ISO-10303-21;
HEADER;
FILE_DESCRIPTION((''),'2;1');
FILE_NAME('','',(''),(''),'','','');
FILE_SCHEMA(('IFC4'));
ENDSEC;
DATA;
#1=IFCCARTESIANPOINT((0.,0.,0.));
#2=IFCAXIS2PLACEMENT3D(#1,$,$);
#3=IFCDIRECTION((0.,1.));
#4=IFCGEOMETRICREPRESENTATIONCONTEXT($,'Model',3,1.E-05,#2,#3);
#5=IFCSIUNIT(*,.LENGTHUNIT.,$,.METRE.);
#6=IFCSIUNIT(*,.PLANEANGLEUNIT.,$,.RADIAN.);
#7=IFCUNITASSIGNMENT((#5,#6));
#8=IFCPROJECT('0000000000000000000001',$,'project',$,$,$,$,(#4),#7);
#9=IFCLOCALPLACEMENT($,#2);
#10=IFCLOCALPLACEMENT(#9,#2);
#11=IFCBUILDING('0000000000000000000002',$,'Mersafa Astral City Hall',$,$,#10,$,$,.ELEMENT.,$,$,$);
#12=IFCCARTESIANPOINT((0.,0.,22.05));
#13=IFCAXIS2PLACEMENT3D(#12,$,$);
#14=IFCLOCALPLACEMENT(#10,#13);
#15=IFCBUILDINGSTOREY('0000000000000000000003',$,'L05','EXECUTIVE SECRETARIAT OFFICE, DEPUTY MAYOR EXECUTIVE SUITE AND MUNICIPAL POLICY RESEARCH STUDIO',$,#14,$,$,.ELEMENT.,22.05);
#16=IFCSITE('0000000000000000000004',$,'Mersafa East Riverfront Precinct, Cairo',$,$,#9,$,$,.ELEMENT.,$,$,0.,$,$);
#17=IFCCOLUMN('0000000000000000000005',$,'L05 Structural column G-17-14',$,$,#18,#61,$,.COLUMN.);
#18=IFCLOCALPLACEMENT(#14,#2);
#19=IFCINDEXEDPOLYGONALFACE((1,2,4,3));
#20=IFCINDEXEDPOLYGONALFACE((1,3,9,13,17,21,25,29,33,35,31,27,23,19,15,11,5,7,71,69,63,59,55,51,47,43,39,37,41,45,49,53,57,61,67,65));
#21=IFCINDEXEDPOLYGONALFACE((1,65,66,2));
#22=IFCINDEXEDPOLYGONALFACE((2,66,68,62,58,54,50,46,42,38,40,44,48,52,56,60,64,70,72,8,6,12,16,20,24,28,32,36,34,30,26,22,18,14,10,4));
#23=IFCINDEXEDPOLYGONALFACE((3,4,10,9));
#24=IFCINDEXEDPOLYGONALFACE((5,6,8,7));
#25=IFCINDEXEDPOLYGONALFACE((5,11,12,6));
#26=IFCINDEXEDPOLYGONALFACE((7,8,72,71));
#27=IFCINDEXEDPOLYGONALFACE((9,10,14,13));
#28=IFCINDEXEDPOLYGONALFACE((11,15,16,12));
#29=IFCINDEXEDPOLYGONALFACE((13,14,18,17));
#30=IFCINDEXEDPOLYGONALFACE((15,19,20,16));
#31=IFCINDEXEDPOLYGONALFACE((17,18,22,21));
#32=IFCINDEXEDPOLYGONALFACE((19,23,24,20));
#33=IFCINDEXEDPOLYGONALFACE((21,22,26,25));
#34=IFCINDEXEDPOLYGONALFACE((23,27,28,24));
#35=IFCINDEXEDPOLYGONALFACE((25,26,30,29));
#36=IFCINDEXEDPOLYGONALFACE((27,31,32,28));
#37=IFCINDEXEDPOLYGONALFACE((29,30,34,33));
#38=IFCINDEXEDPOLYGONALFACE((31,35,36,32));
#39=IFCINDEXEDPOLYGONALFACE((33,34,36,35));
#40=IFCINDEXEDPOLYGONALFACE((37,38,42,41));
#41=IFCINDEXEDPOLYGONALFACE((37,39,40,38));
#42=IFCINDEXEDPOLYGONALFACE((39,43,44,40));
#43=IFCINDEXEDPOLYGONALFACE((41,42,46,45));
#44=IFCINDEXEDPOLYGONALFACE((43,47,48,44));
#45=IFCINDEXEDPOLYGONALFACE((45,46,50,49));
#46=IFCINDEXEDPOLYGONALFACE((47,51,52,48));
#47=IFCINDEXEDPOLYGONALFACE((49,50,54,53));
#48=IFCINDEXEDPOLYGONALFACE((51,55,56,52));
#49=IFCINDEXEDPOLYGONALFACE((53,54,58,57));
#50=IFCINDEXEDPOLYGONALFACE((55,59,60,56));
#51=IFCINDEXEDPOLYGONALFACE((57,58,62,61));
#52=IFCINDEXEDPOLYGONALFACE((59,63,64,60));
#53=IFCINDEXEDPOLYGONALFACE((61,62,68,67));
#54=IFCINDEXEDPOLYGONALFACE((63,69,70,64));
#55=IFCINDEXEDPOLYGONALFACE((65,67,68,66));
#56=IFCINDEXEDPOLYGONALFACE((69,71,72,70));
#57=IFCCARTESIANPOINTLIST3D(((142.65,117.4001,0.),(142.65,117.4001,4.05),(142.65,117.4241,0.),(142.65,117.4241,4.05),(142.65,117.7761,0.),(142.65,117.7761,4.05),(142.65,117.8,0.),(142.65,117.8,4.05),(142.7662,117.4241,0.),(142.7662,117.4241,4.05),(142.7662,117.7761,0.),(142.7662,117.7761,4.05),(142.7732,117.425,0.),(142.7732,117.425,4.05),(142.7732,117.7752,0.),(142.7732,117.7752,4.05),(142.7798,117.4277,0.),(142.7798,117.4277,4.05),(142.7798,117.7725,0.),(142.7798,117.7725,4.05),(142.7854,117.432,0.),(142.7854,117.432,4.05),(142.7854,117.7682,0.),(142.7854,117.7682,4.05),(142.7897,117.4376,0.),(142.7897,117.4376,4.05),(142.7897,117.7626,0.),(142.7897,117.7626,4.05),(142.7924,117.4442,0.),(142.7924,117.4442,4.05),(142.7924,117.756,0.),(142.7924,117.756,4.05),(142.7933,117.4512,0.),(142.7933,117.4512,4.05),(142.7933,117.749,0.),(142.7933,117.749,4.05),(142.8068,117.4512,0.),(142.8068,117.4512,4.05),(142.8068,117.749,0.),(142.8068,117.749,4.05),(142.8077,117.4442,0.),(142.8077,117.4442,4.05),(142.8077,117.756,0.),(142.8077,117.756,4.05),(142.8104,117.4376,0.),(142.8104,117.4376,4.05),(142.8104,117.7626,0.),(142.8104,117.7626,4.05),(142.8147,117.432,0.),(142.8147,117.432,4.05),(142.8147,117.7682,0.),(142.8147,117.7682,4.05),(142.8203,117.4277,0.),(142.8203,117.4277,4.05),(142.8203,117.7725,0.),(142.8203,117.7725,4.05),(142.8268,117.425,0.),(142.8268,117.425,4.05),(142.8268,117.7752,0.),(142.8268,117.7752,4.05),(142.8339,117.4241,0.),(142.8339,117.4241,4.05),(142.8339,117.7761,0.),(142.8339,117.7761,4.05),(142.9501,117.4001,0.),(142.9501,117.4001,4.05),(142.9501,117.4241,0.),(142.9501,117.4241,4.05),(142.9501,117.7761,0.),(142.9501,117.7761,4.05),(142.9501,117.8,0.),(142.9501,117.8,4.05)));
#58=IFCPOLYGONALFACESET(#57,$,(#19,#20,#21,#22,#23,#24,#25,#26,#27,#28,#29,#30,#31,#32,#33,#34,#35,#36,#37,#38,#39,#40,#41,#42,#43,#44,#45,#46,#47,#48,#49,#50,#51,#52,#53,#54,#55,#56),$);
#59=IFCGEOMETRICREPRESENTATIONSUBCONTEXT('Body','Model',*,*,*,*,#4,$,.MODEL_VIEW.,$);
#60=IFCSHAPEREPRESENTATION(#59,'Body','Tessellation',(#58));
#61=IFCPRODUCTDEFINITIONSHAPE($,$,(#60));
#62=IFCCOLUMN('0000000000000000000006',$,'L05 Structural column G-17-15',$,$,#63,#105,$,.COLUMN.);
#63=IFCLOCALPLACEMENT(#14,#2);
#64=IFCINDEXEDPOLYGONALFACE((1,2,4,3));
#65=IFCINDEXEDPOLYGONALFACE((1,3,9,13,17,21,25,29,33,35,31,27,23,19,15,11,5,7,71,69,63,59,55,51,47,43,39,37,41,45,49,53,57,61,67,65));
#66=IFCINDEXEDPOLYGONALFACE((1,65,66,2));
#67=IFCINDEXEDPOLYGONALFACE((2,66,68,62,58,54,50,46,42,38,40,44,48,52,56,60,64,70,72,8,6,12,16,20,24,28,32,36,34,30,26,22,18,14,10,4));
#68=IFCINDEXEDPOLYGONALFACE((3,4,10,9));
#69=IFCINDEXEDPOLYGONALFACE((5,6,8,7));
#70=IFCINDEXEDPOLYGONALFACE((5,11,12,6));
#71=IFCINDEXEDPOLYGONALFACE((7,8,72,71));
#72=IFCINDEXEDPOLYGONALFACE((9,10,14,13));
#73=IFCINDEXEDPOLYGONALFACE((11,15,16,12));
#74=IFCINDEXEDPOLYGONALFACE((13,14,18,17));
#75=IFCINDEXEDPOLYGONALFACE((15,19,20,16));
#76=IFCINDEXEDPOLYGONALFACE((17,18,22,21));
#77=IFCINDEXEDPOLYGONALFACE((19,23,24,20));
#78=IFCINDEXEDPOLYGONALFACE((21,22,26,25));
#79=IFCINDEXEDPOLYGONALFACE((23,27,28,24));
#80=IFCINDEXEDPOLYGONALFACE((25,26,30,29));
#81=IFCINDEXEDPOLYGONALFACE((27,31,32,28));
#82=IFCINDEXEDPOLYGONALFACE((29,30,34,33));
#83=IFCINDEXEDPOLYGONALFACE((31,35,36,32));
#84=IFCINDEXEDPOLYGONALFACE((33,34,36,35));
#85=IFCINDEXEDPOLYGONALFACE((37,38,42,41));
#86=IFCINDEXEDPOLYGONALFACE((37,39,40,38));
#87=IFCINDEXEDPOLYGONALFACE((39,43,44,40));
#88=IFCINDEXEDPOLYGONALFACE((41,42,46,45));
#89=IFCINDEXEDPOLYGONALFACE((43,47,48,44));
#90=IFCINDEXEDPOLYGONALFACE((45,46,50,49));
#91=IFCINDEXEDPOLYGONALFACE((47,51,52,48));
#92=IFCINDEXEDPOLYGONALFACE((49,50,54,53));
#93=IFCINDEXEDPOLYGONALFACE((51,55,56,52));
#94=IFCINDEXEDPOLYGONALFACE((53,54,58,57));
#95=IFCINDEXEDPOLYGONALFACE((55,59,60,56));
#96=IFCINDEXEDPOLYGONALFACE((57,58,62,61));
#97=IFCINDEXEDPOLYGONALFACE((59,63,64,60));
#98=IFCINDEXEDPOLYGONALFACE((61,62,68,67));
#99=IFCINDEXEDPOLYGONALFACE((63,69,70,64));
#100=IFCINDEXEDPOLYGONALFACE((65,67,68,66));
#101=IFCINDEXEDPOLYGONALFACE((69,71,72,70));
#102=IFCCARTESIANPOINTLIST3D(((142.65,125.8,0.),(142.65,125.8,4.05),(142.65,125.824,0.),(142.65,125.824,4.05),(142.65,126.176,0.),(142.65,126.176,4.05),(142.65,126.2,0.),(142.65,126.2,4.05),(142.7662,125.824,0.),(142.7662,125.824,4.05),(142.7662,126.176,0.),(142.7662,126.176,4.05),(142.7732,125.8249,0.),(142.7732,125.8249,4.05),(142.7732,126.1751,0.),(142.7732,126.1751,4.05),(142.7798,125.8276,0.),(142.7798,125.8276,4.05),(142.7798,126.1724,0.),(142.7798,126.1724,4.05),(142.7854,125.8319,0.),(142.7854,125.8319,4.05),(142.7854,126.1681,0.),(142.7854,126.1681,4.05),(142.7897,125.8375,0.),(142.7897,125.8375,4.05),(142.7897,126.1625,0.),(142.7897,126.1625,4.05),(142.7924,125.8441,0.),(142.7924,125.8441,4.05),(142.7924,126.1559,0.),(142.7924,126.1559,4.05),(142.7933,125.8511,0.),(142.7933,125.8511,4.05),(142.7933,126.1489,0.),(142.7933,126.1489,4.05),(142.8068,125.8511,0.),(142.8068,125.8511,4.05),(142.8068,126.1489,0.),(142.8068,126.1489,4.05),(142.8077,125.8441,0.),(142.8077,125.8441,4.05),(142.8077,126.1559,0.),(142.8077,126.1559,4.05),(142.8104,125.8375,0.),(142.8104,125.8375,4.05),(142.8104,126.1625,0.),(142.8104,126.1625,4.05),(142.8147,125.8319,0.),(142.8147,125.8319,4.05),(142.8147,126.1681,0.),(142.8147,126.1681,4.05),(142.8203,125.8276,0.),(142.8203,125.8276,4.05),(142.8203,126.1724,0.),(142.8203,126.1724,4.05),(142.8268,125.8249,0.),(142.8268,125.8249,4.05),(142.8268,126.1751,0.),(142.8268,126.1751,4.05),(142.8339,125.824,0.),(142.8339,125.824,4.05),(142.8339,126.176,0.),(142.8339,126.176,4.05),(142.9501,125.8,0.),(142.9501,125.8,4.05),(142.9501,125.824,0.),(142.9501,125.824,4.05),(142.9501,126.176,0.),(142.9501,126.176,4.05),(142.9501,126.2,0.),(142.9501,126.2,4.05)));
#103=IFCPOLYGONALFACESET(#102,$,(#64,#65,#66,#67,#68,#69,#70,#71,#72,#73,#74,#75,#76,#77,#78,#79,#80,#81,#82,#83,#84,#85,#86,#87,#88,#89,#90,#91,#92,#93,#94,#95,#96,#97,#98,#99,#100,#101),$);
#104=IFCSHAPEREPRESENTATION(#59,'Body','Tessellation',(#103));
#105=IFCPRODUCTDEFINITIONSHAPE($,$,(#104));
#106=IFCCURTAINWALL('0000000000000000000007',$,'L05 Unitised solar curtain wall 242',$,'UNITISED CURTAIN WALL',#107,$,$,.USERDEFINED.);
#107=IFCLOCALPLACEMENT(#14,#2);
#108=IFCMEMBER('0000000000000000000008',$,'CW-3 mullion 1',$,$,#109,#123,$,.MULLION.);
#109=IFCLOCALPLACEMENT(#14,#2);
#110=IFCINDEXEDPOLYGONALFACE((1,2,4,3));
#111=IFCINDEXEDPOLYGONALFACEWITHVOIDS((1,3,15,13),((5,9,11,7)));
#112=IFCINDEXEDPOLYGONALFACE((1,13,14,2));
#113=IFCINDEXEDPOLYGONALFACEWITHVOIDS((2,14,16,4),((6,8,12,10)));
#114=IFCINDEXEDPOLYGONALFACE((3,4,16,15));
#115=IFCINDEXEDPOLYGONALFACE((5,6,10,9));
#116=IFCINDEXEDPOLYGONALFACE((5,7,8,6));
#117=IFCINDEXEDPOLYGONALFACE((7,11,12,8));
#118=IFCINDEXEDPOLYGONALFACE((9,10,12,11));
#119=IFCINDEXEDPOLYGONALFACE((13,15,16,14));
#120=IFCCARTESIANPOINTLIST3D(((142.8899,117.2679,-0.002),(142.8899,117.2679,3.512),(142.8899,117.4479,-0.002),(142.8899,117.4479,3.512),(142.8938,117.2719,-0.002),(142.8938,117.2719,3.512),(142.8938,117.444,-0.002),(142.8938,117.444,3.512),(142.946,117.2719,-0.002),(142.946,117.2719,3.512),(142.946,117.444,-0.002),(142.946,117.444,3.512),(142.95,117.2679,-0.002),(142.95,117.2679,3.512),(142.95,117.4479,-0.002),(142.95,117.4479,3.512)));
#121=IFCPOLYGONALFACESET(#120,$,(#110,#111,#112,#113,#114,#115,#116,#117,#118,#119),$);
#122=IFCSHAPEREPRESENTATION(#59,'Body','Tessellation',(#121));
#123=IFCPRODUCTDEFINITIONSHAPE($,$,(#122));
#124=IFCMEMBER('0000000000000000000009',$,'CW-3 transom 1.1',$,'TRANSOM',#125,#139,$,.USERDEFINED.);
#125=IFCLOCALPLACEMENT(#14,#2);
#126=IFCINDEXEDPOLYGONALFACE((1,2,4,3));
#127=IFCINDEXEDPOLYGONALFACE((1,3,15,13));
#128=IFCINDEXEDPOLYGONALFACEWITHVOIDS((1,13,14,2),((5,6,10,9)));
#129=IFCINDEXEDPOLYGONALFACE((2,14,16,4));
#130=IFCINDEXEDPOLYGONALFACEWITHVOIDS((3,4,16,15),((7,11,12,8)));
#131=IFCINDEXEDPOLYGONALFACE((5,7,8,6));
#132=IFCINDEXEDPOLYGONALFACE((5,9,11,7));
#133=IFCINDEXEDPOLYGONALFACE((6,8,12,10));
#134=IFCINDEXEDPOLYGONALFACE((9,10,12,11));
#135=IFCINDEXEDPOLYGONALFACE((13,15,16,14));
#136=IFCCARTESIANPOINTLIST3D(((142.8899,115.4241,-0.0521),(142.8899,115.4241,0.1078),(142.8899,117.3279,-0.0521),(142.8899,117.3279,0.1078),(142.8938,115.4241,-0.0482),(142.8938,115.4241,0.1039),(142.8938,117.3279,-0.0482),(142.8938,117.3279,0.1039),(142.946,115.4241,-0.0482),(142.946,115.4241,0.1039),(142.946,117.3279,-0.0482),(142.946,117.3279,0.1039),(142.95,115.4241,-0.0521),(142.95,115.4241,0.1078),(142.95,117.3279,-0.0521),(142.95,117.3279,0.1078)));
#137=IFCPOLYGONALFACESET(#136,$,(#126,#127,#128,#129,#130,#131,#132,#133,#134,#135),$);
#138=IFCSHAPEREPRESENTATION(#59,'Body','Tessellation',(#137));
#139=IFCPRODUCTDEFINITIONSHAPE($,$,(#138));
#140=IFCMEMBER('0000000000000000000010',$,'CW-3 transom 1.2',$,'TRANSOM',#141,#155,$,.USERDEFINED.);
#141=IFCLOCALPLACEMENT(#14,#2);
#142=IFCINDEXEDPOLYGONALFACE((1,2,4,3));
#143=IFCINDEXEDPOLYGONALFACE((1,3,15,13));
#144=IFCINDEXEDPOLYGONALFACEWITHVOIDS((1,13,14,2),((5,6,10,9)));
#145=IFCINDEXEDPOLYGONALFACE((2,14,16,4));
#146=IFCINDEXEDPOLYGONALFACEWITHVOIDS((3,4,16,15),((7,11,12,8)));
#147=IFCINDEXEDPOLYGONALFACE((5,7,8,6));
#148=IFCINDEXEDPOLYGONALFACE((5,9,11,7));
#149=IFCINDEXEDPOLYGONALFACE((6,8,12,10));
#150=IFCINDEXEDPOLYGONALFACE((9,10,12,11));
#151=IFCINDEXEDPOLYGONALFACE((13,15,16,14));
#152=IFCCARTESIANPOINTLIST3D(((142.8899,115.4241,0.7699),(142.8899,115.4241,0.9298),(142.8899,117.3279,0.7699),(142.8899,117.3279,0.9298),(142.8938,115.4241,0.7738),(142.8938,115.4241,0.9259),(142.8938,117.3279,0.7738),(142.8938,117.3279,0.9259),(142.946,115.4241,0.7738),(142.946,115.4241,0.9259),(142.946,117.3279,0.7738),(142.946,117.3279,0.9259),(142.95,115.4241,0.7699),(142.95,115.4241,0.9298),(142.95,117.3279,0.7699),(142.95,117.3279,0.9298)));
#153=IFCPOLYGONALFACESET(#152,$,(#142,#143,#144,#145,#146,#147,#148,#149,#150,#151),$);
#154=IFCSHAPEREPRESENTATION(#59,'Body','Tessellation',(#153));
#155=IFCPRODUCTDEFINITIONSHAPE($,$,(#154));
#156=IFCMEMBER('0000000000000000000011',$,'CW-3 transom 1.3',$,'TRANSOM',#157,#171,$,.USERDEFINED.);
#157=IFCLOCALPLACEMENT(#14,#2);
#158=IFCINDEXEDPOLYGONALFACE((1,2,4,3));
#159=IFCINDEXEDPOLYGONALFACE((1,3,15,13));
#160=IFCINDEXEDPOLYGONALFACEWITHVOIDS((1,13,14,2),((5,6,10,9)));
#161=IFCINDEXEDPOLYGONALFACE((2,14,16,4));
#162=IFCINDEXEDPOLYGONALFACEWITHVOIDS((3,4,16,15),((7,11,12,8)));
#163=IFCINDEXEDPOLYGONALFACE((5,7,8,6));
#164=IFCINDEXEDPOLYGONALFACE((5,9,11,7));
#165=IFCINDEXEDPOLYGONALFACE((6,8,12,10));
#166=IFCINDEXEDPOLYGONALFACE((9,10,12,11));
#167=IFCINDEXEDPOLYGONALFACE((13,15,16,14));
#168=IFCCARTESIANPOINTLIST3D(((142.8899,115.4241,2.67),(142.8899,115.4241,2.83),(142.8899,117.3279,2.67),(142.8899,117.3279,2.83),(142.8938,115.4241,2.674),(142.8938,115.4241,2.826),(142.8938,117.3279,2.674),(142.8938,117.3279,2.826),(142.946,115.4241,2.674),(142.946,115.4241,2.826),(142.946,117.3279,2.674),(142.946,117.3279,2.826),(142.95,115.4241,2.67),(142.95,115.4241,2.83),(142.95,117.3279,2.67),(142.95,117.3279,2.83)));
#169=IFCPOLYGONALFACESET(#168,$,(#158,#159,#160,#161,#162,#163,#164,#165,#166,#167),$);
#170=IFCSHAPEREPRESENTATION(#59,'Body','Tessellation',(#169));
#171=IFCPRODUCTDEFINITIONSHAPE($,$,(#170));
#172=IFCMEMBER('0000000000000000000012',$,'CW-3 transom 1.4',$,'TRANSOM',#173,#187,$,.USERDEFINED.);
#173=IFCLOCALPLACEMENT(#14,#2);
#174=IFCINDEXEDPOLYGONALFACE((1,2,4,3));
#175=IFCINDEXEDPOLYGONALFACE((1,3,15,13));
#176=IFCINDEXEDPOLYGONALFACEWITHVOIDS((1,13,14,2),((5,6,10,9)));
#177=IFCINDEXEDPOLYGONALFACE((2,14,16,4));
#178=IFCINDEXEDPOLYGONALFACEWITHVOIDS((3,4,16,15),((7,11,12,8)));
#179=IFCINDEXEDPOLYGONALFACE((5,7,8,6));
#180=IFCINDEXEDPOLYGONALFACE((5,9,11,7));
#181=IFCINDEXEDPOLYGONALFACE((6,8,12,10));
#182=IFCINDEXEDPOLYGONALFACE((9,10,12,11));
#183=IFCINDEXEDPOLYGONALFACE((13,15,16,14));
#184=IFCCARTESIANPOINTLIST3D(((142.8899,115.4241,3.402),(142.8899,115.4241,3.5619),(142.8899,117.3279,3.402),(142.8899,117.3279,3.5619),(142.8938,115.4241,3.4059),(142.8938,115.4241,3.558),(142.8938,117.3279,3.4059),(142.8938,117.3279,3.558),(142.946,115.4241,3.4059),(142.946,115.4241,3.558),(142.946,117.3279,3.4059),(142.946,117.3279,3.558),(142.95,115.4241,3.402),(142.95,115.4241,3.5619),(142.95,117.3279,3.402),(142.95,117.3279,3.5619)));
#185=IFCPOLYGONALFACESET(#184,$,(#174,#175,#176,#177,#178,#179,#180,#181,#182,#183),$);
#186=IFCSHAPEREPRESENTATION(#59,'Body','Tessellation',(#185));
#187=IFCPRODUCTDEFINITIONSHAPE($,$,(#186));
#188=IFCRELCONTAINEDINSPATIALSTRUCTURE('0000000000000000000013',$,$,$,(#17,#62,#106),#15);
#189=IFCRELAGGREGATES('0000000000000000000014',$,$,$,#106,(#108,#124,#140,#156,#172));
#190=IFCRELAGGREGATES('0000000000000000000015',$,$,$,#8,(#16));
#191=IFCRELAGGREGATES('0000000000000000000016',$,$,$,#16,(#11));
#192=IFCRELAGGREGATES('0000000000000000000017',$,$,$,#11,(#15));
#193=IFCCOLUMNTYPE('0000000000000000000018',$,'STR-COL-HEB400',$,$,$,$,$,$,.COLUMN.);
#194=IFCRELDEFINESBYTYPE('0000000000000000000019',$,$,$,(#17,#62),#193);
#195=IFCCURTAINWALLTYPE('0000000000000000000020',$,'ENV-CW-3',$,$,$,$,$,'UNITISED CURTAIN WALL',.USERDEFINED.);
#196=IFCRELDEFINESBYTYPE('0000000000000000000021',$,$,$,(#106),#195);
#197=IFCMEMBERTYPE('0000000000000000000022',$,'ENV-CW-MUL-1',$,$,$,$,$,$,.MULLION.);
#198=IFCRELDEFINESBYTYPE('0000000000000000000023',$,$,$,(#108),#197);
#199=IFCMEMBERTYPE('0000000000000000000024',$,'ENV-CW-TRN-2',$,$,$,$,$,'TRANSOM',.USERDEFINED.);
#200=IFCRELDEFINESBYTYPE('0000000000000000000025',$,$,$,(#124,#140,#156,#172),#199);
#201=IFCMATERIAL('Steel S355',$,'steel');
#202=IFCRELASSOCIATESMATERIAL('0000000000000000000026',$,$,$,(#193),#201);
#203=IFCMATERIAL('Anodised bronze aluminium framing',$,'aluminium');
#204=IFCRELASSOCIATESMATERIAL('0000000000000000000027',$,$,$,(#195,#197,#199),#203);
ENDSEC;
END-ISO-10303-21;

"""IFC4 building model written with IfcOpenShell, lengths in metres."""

from ifc_helpers import new_model, si_unit, direction, frame, origin, origin_2d, place, context, subcontext, project, spatial, hollow_rectangle, i_section, extrude, material, material_profile, profile_set, type_object, element, aggregate, save


model = new_model("IFC4")

# Units and contexts
model_context = context("Model", 3, precision=1e-05, world=origin(), true_north=direction((0.0, 1.0)))
body_context = subcontext(model_context, "Body", "Model", "MODEL_VIEW")
ifc_project = project(units=[si_unit("LENGTHUNIT", "METRE"), si_unit("PLANEANGLEUNIT", "RADIAN")], contexts=[model_context])

# Site, building, storey
site_placement = place(None, origin())
site = spatial("IfcSite", under=ifc_project, at=site_placement, Name="Mersafa East Riverfront Precinct, Cairo", CompositionType="ELEMENT", RefElevation=0.0)
building_placement = place(site_placement, origin())
building = spatial("IfcBuilding", under=site, at=building_placement, Name="Mersafa Astral City Hall", CompositionType="ELEMENT")
storey_placement = place(building_placement, frame((0.0, 0.0, 22.05)))
storey = spatial("IfcBuildingStorey", under=building, at=storey_placement, Name="L05", Description="EXECUTIVE SECRETARIAT OFFICE, DEPUTY MAYOR EXECUTIVE SUITE AND MUNICIPAL POLICY RESEARCH STUDIO", CompositionType="ELEMENT", Elevation=22.05)

# Columns
ifc_material_1 = material(Name="Steel S355", Category="steel")
ifc_material_profile_1 = material_profile(ifc_material_1, i_section(OverallWidth=0.3, OverallDepth=0.3999, WebThickness=0.0134, FlangeThickness=0.0239, FilletRadius=0.0271, at=origin_2d()), Name="HEB 400")
ifc_profile_set_1 = profile_set([ifc_material_profile_1], Name="Steel S355")
column_type = type_object("IfcColumnType", Name="STR-COL-HEB400", PredefinedType="COLUMN", material=ifc_profile_set_1)
for number, where, z_axis, x_axis, name in (
    (1, (142.8, 117.6001, 0.0), (0.0, 0.0, 1.0), (1.0, 0.0, 0.0), "L05 Structural column G-17-14"),
    (2, (142.8, 126.0, 0.0), (0.0, 0.0, 1.0), (1.0, 0.0, 0.0), "L05 Structural column G-17-15"),
):
    element("IfcColumn", number, at=place(storey_placement, frame(where, z_axis=z_axis, x_axis=x_axis)), inside=storey, type_object=column_type, Name=name, PredefinedType="COLUMN", context=body_context, shape_type="SweptSolid", body=[
        extrude(i_section(OverallWidth=0.3, OverallDepth=0.3999, WebThickness=0.0134, FlangeThickness=0.0239, FilletRadius=0.0271, at=origin_2d()), origin(), (0.0, 0.0, 1.0), 4.05),
    ])

# Curtain wall, members
ifc_material_2 = material(Name="Anodised bronze aluminium framing", Category="aluminium")
curtain_wall_type = type_object("IfcCurtainWallType", Name="ENV-CW-3", ElementType="UNITISED CURTAIN WALL", PredefinedType="USERDEFINED", material=ifc_material_2)
curtain_wall_placement = place(storey_placement, origin())
curtain_wall = element("IfcCurtainWall", 3, at=curtain_wall_placement, inside=storey, type_object=curtain_wall_type, Name="L05 Unitised solar curtain wall 242", ObjectType="UNITISED CURTAIN WALL", PredefinedType="USERDEFINED")
ifc_material_profile_2 = material_profile(ifc_material_2, hollow_rectangle(XDim=0.0601, YDim=0.1799, WallThickness=0.0039, at=origin_2d()), Name="RHS 60x180x4")
ifc_profile_set_2 = profile_set([ifc_material_profile_2], Name="Anodised bronze aluminium framing")
member_type_1 = type_object("IfcMemberType", Name="ENV-CW-MUL-1", PredefinedType="MULLION", material=ifc_profile_set_2)
member_1_placement = place(storey_placement, frame((142.9199, 117.3579, -0.002), z_axis=(0.0, 0.0, 1.0), x_axis=(1.0, 0.0, 0.0)))
member_1 = element("IfcMember", 4, at=member_1_placement, type_object=member_type_1, Name="CW-3 mullion 1", PredefinedType="MULLION", context=body_context, shape_type="SweptSolid", body=[
    extrude(hollow_rectangle(XDim=0.0601, YDim=0.1799, WallThickness=0.0039, at=origin_2d()), origin(), (0.0, 0.0, 1.0), 3.5139),
])
ifc_material_profile_3 = material_profile(ifc_material_2, hollow_rectangle(XDim=0.0601, YDim=0.1599, WallThickness=0.0039, at=origin_2d()), Name="RHS 60x160x4")
ifc_profile_set_3 = profile_set([ifc_material_profile_3], Name="Anodised bronze aluminium framing")
member_type_2 = type_object("IfcMemberType", Name="ENV-CW-TRN-2", ElementType="TRANSOM", PredefinedType="USERDEFINED", material=ifc_profile_set_3)
member_2_placement = place(storey_placement, frame((142.9199, 117.3279, 0.0278), z_axis=(0.0, -1.0, 0.0), x_axis=(1.0, 0.0, 0.0)))
member_2 = element("IfcMember", 5, at=member_2_placement, type_object=member_type_2, Name="CW-3 transom 1.1", ObjectType="TRANSOM", PredefinedType="USERDEFINED", context=body_context, shape_type="SweptSolid", body=[
    extrude(hollow_rectangle(XDim=0.0601, YDim=0.1599, WallThickness=0.0039, at=origin_2d()), origin(), (0.0, 0.0, 1.0), 1.9038),
])
member_3_placement = place(storey_placement, frame((142.9199, 117.3279, 0.8499), z_axis=(0.0, -1.0, 0.0), x_axis=(1.0, 0.0, 0.0)))
member_3 = element("IfcMember", 6, at=member_3_placement, type_object=member_type_2, Name="CW-3 transom 1.2", ObjectType="TRANSOM", PredefinedType="USERDEFINED", context=body_context, shape_type="SweptSolid", body=[
    extrude(hollow_rectangle(XDim=0.0601, YDim=0.1599, WallThickness=0.0039, at=origin_2d()), origin(), (0.0, 0.0, 1.0), 1.9038),
])
member_4_placement = place(storey_placement, frame((142.9199, 117.3279, 2.75), z_axis=(0.0, -1.0, 0.0), x_axis=(1.0, 0.0, 0.0)))
member_4 = element("IfcMember", 7, at=member_4_placement, type_object=member_type_2, Name="CW-3 transom 1.3", ObjectType="TRANSOM", PredefinedType="USERDEFINED", context=body_context, shape_type="SweptSolid", body=[
    extrude(hollow_rectangle(XDim=0.0601, YDim=0.1599, WallThickness=0.0039, at=origin_2d()), origin(), (0.0, 0.0, 1.0), 1.9038),
])
member_5_placement = place(storey_placement, frame((142.9199, 117.3279, 3.4819), z_axis=(0.0, -1.0, 0.0), x_axis=(1.0, 0.0, 0.0)))
member_5 = element("IfcMember", 8, at=member_5_placement, type_object=member_type_2, Name="CW-3 transom 1.4", ObjectType="TRANSOM", PredefinedType="USERDEFINED", context=body_context, shape_type="SweptSolid", body=[
    extrude(hollow_rectangle(XDim=0.0601, YDim=0.1599, WallThickness=0.0039, at=origin_2d()), origin(), (0.0, 0.0, 1.0), 1.9038),
])

aggregate(curtain_wall, [member_1, member_2, member_3, member_4, member_5])

save(model, "model.ifc")
